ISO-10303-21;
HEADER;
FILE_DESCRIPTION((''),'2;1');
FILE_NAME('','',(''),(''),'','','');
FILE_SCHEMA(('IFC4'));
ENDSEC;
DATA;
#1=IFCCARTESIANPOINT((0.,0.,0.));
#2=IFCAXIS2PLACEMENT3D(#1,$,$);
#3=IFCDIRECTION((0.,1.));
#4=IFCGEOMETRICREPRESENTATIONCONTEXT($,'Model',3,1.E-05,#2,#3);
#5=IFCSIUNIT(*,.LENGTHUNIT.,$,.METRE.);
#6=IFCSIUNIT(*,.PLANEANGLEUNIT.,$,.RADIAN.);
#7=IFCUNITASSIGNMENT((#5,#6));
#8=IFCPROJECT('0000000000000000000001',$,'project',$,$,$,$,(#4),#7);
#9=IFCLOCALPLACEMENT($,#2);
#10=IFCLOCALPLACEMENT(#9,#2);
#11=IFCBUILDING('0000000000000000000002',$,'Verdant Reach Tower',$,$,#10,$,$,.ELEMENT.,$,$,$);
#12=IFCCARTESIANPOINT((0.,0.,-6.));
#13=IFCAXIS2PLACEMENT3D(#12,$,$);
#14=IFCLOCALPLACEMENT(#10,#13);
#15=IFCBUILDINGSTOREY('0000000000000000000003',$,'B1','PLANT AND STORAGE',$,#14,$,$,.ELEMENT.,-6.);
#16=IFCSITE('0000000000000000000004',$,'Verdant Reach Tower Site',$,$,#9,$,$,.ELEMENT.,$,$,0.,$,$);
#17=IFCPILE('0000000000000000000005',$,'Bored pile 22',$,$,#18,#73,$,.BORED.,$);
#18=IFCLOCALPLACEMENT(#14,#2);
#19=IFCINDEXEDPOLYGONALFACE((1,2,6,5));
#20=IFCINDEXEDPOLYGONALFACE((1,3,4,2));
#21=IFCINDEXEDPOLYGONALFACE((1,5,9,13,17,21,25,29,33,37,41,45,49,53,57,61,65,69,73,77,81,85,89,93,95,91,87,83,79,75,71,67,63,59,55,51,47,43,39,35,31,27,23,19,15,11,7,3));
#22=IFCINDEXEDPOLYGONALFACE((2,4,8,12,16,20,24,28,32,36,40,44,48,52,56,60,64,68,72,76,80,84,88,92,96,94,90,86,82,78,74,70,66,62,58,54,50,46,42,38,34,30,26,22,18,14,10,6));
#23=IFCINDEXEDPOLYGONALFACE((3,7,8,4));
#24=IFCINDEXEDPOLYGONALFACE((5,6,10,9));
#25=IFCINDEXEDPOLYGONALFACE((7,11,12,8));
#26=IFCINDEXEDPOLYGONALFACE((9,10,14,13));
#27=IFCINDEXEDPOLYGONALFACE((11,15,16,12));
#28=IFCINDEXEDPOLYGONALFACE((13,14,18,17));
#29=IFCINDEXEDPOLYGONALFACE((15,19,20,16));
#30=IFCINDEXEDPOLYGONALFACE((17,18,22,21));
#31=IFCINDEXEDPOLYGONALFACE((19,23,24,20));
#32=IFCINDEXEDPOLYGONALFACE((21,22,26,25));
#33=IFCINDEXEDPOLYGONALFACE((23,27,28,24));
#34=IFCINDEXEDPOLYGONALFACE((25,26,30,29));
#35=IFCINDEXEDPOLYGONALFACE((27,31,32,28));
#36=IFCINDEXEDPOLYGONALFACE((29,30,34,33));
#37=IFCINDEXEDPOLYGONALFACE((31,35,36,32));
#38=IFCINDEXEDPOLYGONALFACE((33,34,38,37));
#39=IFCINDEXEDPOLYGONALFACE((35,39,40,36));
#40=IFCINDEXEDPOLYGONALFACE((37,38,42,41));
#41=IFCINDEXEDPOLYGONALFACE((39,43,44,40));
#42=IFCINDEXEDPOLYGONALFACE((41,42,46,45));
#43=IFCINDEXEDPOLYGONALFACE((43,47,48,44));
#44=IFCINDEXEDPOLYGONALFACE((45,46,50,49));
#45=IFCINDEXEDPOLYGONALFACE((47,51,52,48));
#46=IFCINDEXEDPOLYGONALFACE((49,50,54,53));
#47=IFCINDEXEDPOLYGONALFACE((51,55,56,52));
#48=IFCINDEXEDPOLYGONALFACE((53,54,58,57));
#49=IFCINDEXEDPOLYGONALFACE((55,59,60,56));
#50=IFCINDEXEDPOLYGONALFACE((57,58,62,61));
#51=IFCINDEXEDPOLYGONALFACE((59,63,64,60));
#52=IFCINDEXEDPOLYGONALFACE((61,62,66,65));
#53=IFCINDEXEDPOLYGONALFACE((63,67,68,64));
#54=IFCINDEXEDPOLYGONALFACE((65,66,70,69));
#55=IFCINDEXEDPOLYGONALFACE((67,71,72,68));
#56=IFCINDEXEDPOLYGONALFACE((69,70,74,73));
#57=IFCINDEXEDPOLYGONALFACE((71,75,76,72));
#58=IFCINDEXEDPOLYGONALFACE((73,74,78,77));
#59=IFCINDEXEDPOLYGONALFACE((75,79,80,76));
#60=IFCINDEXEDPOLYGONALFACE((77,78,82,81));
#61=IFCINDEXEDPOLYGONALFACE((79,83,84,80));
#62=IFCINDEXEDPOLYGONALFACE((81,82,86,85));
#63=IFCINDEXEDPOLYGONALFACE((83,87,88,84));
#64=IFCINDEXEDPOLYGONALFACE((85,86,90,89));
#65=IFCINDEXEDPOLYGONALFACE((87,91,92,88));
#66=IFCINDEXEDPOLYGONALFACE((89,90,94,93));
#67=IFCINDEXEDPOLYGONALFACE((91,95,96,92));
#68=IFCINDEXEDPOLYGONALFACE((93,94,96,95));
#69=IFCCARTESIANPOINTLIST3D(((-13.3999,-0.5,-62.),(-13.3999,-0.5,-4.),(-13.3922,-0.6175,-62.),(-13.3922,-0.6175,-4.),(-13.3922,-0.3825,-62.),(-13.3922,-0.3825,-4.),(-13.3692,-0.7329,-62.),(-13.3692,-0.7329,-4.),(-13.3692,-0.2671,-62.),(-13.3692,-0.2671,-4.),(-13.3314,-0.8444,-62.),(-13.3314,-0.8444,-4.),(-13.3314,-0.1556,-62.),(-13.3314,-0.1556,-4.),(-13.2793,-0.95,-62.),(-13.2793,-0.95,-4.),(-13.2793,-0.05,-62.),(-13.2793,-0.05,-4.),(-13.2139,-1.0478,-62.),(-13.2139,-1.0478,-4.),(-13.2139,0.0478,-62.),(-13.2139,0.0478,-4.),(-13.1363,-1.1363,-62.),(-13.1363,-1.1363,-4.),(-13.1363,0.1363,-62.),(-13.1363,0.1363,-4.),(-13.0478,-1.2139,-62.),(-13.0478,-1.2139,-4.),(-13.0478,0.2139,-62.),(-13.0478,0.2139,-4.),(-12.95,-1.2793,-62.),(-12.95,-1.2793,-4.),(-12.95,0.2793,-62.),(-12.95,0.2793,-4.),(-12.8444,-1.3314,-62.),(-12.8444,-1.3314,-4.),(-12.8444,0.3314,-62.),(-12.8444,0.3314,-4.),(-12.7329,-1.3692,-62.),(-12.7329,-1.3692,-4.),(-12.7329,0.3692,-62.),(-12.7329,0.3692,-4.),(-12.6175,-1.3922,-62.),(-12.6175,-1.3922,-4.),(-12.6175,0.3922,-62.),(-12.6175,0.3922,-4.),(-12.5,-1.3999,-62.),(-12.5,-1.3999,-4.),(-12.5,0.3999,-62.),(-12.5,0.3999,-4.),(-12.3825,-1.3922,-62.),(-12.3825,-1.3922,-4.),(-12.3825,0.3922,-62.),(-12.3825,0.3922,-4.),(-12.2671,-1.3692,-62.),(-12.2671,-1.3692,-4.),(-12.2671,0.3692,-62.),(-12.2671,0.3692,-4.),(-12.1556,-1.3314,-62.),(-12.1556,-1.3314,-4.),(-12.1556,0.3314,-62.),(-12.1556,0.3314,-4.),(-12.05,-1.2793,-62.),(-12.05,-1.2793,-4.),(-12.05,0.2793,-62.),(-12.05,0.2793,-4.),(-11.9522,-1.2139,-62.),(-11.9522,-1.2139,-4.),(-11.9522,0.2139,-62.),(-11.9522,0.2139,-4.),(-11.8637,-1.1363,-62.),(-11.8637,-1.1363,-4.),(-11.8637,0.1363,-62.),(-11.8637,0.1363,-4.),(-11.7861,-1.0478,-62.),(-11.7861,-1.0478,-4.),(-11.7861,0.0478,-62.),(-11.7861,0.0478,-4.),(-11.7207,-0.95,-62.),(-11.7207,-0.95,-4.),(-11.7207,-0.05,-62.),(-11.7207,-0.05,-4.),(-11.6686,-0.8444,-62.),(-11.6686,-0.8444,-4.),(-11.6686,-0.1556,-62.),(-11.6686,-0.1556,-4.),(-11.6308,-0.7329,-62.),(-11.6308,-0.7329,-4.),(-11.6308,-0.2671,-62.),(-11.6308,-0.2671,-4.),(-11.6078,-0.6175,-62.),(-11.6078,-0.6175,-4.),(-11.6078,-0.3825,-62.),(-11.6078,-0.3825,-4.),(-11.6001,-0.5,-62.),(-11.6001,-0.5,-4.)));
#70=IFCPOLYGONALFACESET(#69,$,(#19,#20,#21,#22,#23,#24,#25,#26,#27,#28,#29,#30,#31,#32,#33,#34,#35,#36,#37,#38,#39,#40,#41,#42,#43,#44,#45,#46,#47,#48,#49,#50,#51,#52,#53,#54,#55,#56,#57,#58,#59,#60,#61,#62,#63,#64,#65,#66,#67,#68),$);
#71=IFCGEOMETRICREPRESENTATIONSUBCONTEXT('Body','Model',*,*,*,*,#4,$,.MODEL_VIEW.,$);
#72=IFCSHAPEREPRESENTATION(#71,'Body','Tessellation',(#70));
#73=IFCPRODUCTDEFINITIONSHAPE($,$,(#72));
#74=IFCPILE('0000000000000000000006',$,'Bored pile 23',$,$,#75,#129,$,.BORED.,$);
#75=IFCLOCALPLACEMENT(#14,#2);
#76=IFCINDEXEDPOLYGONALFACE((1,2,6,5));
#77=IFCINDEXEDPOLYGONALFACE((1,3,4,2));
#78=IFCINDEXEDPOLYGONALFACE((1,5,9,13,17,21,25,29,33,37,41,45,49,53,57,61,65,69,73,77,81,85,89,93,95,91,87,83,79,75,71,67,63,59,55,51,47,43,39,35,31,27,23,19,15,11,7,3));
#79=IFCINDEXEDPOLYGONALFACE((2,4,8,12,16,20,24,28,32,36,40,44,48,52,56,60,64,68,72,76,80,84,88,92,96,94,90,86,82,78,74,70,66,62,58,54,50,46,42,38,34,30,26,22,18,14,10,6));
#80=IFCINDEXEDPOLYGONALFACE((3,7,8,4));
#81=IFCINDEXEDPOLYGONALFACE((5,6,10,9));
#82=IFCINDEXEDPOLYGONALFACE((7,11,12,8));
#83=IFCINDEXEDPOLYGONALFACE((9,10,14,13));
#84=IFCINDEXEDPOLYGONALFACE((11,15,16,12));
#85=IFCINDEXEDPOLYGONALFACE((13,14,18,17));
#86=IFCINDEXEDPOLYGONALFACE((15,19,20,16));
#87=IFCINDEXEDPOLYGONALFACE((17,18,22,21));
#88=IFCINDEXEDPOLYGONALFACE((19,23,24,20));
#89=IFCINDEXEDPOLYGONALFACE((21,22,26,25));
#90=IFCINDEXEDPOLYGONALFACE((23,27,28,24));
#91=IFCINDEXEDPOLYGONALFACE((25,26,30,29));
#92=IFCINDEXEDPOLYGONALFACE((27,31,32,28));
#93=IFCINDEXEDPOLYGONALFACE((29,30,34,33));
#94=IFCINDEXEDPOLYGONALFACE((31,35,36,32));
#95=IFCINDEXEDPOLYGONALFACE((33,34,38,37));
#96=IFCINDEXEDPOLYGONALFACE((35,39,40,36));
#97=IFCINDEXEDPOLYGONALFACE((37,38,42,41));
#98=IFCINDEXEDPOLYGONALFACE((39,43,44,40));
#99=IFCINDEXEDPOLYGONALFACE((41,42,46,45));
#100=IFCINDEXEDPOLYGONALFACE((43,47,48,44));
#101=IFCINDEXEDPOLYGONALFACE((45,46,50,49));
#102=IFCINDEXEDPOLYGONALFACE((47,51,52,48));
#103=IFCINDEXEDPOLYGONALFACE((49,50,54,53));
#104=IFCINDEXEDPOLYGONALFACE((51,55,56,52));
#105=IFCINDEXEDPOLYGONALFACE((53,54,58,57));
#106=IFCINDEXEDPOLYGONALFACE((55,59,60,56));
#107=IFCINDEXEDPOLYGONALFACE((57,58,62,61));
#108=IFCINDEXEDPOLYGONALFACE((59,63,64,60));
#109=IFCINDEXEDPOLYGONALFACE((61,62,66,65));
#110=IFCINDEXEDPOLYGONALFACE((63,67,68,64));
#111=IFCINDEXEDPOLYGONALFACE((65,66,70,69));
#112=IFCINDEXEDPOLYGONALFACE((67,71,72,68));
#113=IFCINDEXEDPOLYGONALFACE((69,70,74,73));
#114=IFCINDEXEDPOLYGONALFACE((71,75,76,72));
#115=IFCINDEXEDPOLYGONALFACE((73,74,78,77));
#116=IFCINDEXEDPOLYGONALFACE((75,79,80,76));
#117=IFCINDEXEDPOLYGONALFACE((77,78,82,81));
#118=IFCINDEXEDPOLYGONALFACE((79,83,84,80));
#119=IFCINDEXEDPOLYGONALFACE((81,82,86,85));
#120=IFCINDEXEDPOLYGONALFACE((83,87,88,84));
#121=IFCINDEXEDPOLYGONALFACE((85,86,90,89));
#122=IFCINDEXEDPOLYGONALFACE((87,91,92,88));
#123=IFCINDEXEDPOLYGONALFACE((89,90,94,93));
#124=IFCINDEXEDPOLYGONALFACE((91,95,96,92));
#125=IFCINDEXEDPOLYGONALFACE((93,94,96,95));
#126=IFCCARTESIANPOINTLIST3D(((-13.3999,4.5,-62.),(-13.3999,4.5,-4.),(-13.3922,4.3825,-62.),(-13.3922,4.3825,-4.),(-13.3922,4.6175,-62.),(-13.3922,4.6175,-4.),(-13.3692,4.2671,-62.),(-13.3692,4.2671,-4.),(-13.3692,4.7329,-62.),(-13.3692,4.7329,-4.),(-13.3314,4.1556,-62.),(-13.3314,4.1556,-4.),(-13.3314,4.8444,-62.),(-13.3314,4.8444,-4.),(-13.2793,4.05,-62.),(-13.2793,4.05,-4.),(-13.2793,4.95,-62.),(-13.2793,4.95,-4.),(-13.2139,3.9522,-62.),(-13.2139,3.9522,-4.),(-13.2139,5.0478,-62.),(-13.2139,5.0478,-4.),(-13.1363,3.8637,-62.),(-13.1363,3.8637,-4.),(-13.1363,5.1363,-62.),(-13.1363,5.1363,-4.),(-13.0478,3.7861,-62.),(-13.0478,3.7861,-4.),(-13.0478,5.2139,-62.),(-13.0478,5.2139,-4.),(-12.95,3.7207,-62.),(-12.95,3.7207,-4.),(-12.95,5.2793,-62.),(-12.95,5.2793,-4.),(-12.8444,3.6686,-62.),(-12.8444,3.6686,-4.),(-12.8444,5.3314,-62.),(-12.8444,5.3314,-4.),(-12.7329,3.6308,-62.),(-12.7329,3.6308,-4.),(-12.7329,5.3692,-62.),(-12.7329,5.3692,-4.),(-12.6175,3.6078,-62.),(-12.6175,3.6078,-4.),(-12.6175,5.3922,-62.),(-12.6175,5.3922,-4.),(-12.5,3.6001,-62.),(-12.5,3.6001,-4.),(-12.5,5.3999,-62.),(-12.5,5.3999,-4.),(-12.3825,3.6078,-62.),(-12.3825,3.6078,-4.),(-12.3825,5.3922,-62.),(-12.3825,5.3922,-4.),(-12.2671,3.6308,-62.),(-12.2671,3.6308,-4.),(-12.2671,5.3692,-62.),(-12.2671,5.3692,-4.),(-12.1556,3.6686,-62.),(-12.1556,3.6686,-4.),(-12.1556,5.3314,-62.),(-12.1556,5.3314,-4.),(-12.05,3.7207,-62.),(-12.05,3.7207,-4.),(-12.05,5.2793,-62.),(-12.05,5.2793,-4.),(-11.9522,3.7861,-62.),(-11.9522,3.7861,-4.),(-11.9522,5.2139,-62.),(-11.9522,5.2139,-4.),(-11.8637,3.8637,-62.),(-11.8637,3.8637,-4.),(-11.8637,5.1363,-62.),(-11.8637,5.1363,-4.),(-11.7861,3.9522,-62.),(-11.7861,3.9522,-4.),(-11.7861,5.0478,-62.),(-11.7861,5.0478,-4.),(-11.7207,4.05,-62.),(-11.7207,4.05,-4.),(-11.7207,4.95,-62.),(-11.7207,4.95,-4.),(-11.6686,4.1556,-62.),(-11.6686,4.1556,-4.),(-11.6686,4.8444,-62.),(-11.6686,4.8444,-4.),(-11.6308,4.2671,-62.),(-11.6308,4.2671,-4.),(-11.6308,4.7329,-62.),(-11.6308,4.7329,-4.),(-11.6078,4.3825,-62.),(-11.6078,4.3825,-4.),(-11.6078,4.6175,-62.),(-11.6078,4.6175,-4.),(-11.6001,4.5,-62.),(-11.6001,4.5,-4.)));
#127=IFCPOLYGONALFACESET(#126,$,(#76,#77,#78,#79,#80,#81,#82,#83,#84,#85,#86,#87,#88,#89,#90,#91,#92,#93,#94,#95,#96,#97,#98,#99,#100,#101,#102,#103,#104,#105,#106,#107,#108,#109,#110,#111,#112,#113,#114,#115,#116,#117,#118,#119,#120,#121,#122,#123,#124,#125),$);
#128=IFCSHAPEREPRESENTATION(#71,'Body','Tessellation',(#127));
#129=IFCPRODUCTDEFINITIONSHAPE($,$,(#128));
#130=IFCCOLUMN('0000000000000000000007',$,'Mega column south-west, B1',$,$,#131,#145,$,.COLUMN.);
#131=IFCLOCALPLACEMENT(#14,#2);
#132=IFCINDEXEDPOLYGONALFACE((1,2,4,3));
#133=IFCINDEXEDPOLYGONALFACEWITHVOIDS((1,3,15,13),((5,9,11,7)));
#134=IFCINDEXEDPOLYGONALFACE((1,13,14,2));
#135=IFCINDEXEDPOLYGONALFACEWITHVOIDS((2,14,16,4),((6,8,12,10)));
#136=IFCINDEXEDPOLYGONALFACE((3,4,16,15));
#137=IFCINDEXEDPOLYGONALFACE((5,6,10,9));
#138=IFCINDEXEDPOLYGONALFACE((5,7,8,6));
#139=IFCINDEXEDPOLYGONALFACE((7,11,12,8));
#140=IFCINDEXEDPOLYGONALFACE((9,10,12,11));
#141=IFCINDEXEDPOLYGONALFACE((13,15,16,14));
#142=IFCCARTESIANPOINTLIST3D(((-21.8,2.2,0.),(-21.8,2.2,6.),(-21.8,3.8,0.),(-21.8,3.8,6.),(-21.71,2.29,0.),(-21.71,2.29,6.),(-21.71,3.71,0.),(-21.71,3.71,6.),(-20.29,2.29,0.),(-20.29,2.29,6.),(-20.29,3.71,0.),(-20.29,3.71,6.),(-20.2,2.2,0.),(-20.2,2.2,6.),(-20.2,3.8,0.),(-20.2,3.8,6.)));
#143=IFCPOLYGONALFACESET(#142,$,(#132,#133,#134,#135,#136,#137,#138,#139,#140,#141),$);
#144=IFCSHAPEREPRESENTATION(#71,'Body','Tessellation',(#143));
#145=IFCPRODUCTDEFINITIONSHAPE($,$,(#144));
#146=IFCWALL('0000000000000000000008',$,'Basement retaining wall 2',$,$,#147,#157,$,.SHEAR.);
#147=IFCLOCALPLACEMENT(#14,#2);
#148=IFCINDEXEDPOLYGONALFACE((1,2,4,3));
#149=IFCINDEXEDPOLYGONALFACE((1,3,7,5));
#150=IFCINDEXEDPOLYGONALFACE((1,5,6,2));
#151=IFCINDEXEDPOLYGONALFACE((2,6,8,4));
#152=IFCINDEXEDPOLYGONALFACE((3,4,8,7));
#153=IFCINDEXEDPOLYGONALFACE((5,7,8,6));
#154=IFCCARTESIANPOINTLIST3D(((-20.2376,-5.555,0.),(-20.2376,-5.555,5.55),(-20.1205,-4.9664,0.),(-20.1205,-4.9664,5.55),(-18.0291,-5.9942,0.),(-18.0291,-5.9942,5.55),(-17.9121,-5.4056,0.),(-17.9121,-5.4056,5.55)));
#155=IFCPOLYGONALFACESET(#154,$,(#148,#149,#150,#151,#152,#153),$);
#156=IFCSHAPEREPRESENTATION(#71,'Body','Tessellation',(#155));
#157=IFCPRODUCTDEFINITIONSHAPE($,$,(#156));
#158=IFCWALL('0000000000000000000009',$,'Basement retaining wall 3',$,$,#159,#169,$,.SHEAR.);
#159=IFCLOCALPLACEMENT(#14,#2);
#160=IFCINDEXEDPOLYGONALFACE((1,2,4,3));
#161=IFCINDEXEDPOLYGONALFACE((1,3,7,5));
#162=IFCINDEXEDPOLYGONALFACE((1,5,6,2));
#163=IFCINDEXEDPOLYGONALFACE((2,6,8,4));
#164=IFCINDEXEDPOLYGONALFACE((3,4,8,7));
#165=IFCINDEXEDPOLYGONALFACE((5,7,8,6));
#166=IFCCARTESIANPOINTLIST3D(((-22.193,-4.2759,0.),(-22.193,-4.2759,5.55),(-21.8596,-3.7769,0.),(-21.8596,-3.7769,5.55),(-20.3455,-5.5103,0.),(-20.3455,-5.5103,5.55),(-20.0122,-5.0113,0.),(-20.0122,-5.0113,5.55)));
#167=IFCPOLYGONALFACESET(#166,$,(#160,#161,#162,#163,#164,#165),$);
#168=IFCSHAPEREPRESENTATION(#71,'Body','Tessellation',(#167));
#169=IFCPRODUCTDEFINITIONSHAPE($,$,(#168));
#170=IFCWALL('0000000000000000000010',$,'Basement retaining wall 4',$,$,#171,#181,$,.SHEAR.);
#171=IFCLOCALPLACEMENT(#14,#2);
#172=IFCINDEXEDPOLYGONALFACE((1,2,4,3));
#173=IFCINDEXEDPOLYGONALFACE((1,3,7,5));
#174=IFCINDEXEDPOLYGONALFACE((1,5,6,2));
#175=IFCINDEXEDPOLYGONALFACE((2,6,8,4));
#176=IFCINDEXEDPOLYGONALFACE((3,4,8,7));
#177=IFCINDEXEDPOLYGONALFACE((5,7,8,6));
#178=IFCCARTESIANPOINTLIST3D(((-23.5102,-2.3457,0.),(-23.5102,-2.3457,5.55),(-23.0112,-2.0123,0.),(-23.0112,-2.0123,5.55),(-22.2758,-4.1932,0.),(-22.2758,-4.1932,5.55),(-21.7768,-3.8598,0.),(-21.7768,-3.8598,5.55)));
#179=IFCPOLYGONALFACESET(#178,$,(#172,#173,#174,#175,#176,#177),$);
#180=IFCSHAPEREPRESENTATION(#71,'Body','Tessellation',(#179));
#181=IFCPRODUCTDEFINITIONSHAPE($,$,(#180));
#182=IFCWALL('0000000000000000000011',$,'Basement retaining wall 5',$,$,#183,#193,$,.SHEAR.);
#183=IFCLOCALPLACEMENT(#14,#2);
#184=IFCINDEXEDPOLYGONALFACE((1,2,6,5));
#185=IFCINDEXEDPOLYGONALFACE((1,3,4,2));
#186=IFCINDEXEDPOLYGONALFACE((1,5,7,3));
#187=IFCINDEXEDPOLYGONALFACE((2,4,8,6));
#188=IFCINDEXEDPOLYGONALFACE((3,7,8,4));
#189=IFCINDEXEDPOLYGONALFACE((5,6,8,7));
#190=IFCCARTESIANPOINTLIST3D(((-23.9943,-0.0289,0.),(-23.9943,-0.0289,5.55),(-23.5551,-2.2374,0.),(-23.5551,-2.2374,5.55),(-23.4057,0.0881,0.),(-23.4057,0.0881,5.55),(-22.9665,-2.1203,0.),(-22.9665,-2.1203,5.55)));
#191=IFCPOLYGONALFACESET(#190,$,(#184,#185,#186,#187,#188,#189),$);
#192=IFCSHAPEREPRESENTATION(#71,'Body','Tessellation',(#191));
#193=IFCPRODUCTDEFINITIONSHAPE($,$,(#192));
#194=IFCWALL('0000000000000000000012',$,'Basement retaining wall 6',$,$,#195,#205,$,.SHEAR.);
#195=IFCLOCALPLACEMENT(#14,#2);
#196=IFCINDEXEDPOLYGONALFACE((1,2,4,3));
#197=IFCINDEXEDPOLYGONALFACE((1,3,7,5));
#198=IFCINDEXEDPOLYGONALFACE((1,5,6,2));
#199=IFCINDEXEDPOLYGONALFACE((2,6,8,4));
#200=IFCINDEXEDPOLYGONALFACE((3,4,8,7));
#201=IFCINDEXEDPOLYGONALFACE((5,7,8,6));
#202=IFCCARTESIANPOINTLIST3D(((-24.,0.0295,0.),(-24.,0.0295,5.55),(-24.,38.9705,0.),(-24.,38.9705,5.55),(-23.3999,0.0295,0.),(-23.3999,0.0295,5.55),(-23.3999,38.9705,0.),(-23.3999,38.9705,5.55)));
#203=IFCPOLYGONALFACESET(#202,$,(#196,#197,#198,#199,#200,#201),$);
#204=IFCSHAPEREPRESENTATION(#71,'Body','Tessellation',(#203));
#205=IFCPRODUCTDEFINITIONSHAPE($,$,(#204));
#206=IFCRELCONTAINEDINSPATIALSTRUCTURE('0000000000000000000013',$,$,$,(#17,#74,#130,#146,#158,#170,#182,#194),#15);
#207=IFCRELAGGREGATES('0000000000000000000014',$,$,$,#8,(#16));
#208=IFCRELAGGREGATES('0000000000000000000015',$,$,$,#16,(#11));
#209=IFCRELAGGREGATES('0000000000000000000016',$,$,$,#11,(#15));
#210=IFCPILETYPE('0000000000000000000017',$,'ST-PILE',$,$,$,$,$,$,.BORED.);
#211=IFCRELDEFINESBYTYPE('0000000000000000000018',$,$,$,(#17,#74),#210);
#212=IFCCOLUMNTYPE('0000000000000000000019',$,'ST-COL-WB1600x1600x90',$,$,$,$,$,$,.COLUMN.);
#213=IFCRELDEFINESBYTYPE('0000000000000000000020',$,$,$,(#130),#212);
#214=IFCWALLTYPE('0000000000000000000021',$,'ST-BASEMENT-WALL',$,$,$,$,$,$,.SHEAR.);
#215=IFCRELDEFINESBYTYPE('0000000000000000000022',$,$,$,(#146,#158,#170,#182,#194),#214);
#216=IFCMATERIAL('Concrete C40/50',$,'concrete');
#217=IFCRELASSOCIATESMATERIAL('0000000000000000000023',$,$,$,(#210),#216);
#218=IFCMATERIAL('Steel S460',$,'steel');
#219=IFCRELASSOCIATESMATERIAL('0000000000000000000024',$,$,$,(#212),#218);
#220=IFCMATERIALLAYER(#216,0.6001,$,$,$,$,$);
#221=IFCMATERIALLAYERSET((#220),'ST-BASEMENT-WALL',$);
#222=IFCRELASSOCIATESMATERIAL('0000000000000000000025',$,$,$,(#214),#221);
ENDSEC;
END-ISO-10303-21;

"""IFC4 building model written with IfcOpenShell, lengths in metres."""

from ifc_helpers import new_model, si_unit, direction, frame, frame_2d, origin, origin_2d, place, context, subcontext, project, spatial, rectangle, hollow_rectangle, circle, extrude, material, layer, layer_set, material_profile, profile_set, type_object, element, save


model = new_model("IFC4")

# Units and contexts
model_context = context("Model", 3, precision=1e-05, world=origin(), true_north=direction((0.0, 1.0)))
body_context = subcontext(model_context, "Body", "Model", "MODEL_VIEW")
ifc_project = project(units=[si_unit("LENGTHUNIT", "METRE"), si_unit("PLANEANGLEUNIT", "RADIAN")], contexts=[model_context])

# Site, building, storey
site_placement = place(None, origin())
site = spatial("IfcSite", under=ifc_project, at=site_placement, Name="Verdant Reach Tower Site", CompositionType="ELEMENT", RefElevation=0.0)
building_placement = place(site_placement, origin())
building = spatial("IfcBuilding", under=site, at=building_placement, Name="Verdant Reach Tower", CompositionType="ELEMENT")
storey_placement = place(building_placement, frame((0.0, 0.0, -6.0)))
storey = spatial("IfcBuildingStorey", under=building, at=storey_placement, Name="B1", Description="PLANT AND STORAGE", CompositionType="ELEMENT", Elevation=-6.0)

# Piles
ifc_material_1 = material(Name="Concrete C40/50", Category="concrete")
ifc_material_profile_1 = material_profile(ifc_material_1, circle(Radius=0.8999, at=origin_2d()), Name="BP 1800")
ifc_profile_set_1 = profile_set([ifc_material_profile_1], Name="Concrete C40/50")
pile_type = type_object("IfcPileType", Name="ST-PILE", PredefinedType="BORED", material=ifc_profile_set_1)
for number, where, z_axis, x_axis, name in (
    (1, (-12.5, -0.5, -4.0), (0.0, 0.0, -1.0), (1.0, 0.0, 0.0), "Bored pile 22"),
    (2, (-12.5, 4.5, -4.0), (0.0, 0.0, -1.0), (1.0, 0.0, 0.0), "Bored pile 23"),
):
    element("IfcPile", number, at=place(storey_placement, frame(where, z_axis=z_axis, x_axis=x_axis)), inside=storey, type_object=pile_type, Name=name, PredefinedType="BORED", context=body_context, shape_type="SweptSolid", body=[
        extrude(circle(Radius=0.8999, at=origin_2d()), origin(), (0.0, 0.0, 1.0), 58.0),
    ])

# Column
ifc_material_2 = material(Name="Steel S460", Category="steel")
ifc_material_profile_2 = material_profile(ifc_material_2, hollow_rectangle(XDim=1.6001, YDim=1.6001, WallThickness=0.0901, at=origin_2d()), Name="WB 1600x1600x90")
ifc_profile_set_2 = profile_set([ifc_material_profile_2], Name="Steel S460")
column_type = type_object("IfcColumnType", Name="ST-COL-WB1600x1600x90", PredefinedType="COLUMN", material=ifc_profile_set_2)
column_placement = place(storey_placement, frame((-21.0, 3.0, 0.0), z_axis=(0.0, 0.0, 1.0), x_axis=(1.0, 0.0, 0.0)))
element("IfcColumn", 3, at=column_placement, inside=storey, type_object=column_type, Name="Mega column south-west, B1", PredefinedType="COLUMN", context=body_context, shape_type="SweptSolid", body=[
    extrude(hollow_rectangle(XDim=1.6001, YDim=1.6001, WallThickness=0.0901, at=origin_2d()), origin(), (0.0, 0.0, 1.0), 6.0),
])

# Walls
ifc_layer_1 = layer(ifc_material_1, 0.6001)
ifc_layer_set_1 = layer_set([ifc_layer_1], Name="ST-BASEMENT-WALL")
wall_type_1 = type_object("IfcWallType", Name="ST-BASEMENT-WALL", PredefinedType="SHEAR", material=ifc_layer_set_1)
wall_1_placement = place(storey_placement, frame((-17.9705, -5.7, 0.0), z_axis=(0.0, 0.0, 1.0), x_axis=(-0.980793, 0.195053, 0.0)))
element("IfcWall", 4, at=wall_1_placement, inside=storey, type_object=wall_type_1, Name="Basement retaining wall 2", PredefinedType="SHEAR", context=body_context, shape_type="SweptSolid", body=[
    extrude(rectangle(XDim=2.2517, YDim=0.6001, at=frame_2d((1.126, 0.0))), origin(), (0.0, 0.0, 1.0), 5.55),
])
for number, where, z_axis, x_axis, name in (
    (5, (-20.179, -5.2607, 0.0), (0.0, 0.0, 1.0), (-0.831475, 0.555562, 0.0), "Basement retaining wall 3"),
    (6, (-22.0264, -4.0264, 0.0), (0.0, 0.0, 1.0), (-0.555562, 0.831475, 0.0), "Basement retaining wall 4"),
):
    element("IfcWall", number, at=place(storey_placement, frame(where, z_axis=z_axis, x_axis=x_axis)), inside=storey, type_object=wall_type_1, Name=name, PredefinedType="SHEAR", context=body_context, shape_type="SweptSolid", body=[
        extrude(rectangle(XDim=2.2219, YDim=0.6001, at=frame_2d((1.1108, 0.0))), origin(), (0.0, 0.0, 1.0), 5.55),
    ])
wall_2_placement = place(storey_placement, frame((-23.2607, -2.179, 0.0), z_axis=(0.0, 0.0, 1.0), x_axis=(-0.195053, 0.980793, 0.0)))
element("IfcWall", 7, at=wall_2_placement, inside=storey, type_object=wall_type_1, Name="Basement retaining wall 5", PredefinedType="SHEAR", context=body_context, shape_type="SweptSolid", body=[
    extrude(rectangle(XDim=2.2517, YDim=0.6001, at=frame_2d((1.126, 0.0))), origin(), (0.0, 0.0, 1.0), 5.55),
])
wall_3_placement = place(storey_placement, frame((-23.7, 0.0295, 0.0), z_axis=(0.0, 0.0, 1.0), x_axis=(0.0, 1.0, 0.0)))
element("IfcWall", 8, at=wall_3_placement, inside=storey, type_object=wall_type_1, Name="Basement retaining wall 6", PredefinedType="SHEAR", context=body_context, shape_type="SweptSolid", body=[
    extrude(rectangle(XDim=38.9409, YDim=0.6001, at=frame_2d((19.4705, 0.0))), origin(), (0.0, 0.0, 1.0), 5.55),
])

save(model, "model.ifc")
